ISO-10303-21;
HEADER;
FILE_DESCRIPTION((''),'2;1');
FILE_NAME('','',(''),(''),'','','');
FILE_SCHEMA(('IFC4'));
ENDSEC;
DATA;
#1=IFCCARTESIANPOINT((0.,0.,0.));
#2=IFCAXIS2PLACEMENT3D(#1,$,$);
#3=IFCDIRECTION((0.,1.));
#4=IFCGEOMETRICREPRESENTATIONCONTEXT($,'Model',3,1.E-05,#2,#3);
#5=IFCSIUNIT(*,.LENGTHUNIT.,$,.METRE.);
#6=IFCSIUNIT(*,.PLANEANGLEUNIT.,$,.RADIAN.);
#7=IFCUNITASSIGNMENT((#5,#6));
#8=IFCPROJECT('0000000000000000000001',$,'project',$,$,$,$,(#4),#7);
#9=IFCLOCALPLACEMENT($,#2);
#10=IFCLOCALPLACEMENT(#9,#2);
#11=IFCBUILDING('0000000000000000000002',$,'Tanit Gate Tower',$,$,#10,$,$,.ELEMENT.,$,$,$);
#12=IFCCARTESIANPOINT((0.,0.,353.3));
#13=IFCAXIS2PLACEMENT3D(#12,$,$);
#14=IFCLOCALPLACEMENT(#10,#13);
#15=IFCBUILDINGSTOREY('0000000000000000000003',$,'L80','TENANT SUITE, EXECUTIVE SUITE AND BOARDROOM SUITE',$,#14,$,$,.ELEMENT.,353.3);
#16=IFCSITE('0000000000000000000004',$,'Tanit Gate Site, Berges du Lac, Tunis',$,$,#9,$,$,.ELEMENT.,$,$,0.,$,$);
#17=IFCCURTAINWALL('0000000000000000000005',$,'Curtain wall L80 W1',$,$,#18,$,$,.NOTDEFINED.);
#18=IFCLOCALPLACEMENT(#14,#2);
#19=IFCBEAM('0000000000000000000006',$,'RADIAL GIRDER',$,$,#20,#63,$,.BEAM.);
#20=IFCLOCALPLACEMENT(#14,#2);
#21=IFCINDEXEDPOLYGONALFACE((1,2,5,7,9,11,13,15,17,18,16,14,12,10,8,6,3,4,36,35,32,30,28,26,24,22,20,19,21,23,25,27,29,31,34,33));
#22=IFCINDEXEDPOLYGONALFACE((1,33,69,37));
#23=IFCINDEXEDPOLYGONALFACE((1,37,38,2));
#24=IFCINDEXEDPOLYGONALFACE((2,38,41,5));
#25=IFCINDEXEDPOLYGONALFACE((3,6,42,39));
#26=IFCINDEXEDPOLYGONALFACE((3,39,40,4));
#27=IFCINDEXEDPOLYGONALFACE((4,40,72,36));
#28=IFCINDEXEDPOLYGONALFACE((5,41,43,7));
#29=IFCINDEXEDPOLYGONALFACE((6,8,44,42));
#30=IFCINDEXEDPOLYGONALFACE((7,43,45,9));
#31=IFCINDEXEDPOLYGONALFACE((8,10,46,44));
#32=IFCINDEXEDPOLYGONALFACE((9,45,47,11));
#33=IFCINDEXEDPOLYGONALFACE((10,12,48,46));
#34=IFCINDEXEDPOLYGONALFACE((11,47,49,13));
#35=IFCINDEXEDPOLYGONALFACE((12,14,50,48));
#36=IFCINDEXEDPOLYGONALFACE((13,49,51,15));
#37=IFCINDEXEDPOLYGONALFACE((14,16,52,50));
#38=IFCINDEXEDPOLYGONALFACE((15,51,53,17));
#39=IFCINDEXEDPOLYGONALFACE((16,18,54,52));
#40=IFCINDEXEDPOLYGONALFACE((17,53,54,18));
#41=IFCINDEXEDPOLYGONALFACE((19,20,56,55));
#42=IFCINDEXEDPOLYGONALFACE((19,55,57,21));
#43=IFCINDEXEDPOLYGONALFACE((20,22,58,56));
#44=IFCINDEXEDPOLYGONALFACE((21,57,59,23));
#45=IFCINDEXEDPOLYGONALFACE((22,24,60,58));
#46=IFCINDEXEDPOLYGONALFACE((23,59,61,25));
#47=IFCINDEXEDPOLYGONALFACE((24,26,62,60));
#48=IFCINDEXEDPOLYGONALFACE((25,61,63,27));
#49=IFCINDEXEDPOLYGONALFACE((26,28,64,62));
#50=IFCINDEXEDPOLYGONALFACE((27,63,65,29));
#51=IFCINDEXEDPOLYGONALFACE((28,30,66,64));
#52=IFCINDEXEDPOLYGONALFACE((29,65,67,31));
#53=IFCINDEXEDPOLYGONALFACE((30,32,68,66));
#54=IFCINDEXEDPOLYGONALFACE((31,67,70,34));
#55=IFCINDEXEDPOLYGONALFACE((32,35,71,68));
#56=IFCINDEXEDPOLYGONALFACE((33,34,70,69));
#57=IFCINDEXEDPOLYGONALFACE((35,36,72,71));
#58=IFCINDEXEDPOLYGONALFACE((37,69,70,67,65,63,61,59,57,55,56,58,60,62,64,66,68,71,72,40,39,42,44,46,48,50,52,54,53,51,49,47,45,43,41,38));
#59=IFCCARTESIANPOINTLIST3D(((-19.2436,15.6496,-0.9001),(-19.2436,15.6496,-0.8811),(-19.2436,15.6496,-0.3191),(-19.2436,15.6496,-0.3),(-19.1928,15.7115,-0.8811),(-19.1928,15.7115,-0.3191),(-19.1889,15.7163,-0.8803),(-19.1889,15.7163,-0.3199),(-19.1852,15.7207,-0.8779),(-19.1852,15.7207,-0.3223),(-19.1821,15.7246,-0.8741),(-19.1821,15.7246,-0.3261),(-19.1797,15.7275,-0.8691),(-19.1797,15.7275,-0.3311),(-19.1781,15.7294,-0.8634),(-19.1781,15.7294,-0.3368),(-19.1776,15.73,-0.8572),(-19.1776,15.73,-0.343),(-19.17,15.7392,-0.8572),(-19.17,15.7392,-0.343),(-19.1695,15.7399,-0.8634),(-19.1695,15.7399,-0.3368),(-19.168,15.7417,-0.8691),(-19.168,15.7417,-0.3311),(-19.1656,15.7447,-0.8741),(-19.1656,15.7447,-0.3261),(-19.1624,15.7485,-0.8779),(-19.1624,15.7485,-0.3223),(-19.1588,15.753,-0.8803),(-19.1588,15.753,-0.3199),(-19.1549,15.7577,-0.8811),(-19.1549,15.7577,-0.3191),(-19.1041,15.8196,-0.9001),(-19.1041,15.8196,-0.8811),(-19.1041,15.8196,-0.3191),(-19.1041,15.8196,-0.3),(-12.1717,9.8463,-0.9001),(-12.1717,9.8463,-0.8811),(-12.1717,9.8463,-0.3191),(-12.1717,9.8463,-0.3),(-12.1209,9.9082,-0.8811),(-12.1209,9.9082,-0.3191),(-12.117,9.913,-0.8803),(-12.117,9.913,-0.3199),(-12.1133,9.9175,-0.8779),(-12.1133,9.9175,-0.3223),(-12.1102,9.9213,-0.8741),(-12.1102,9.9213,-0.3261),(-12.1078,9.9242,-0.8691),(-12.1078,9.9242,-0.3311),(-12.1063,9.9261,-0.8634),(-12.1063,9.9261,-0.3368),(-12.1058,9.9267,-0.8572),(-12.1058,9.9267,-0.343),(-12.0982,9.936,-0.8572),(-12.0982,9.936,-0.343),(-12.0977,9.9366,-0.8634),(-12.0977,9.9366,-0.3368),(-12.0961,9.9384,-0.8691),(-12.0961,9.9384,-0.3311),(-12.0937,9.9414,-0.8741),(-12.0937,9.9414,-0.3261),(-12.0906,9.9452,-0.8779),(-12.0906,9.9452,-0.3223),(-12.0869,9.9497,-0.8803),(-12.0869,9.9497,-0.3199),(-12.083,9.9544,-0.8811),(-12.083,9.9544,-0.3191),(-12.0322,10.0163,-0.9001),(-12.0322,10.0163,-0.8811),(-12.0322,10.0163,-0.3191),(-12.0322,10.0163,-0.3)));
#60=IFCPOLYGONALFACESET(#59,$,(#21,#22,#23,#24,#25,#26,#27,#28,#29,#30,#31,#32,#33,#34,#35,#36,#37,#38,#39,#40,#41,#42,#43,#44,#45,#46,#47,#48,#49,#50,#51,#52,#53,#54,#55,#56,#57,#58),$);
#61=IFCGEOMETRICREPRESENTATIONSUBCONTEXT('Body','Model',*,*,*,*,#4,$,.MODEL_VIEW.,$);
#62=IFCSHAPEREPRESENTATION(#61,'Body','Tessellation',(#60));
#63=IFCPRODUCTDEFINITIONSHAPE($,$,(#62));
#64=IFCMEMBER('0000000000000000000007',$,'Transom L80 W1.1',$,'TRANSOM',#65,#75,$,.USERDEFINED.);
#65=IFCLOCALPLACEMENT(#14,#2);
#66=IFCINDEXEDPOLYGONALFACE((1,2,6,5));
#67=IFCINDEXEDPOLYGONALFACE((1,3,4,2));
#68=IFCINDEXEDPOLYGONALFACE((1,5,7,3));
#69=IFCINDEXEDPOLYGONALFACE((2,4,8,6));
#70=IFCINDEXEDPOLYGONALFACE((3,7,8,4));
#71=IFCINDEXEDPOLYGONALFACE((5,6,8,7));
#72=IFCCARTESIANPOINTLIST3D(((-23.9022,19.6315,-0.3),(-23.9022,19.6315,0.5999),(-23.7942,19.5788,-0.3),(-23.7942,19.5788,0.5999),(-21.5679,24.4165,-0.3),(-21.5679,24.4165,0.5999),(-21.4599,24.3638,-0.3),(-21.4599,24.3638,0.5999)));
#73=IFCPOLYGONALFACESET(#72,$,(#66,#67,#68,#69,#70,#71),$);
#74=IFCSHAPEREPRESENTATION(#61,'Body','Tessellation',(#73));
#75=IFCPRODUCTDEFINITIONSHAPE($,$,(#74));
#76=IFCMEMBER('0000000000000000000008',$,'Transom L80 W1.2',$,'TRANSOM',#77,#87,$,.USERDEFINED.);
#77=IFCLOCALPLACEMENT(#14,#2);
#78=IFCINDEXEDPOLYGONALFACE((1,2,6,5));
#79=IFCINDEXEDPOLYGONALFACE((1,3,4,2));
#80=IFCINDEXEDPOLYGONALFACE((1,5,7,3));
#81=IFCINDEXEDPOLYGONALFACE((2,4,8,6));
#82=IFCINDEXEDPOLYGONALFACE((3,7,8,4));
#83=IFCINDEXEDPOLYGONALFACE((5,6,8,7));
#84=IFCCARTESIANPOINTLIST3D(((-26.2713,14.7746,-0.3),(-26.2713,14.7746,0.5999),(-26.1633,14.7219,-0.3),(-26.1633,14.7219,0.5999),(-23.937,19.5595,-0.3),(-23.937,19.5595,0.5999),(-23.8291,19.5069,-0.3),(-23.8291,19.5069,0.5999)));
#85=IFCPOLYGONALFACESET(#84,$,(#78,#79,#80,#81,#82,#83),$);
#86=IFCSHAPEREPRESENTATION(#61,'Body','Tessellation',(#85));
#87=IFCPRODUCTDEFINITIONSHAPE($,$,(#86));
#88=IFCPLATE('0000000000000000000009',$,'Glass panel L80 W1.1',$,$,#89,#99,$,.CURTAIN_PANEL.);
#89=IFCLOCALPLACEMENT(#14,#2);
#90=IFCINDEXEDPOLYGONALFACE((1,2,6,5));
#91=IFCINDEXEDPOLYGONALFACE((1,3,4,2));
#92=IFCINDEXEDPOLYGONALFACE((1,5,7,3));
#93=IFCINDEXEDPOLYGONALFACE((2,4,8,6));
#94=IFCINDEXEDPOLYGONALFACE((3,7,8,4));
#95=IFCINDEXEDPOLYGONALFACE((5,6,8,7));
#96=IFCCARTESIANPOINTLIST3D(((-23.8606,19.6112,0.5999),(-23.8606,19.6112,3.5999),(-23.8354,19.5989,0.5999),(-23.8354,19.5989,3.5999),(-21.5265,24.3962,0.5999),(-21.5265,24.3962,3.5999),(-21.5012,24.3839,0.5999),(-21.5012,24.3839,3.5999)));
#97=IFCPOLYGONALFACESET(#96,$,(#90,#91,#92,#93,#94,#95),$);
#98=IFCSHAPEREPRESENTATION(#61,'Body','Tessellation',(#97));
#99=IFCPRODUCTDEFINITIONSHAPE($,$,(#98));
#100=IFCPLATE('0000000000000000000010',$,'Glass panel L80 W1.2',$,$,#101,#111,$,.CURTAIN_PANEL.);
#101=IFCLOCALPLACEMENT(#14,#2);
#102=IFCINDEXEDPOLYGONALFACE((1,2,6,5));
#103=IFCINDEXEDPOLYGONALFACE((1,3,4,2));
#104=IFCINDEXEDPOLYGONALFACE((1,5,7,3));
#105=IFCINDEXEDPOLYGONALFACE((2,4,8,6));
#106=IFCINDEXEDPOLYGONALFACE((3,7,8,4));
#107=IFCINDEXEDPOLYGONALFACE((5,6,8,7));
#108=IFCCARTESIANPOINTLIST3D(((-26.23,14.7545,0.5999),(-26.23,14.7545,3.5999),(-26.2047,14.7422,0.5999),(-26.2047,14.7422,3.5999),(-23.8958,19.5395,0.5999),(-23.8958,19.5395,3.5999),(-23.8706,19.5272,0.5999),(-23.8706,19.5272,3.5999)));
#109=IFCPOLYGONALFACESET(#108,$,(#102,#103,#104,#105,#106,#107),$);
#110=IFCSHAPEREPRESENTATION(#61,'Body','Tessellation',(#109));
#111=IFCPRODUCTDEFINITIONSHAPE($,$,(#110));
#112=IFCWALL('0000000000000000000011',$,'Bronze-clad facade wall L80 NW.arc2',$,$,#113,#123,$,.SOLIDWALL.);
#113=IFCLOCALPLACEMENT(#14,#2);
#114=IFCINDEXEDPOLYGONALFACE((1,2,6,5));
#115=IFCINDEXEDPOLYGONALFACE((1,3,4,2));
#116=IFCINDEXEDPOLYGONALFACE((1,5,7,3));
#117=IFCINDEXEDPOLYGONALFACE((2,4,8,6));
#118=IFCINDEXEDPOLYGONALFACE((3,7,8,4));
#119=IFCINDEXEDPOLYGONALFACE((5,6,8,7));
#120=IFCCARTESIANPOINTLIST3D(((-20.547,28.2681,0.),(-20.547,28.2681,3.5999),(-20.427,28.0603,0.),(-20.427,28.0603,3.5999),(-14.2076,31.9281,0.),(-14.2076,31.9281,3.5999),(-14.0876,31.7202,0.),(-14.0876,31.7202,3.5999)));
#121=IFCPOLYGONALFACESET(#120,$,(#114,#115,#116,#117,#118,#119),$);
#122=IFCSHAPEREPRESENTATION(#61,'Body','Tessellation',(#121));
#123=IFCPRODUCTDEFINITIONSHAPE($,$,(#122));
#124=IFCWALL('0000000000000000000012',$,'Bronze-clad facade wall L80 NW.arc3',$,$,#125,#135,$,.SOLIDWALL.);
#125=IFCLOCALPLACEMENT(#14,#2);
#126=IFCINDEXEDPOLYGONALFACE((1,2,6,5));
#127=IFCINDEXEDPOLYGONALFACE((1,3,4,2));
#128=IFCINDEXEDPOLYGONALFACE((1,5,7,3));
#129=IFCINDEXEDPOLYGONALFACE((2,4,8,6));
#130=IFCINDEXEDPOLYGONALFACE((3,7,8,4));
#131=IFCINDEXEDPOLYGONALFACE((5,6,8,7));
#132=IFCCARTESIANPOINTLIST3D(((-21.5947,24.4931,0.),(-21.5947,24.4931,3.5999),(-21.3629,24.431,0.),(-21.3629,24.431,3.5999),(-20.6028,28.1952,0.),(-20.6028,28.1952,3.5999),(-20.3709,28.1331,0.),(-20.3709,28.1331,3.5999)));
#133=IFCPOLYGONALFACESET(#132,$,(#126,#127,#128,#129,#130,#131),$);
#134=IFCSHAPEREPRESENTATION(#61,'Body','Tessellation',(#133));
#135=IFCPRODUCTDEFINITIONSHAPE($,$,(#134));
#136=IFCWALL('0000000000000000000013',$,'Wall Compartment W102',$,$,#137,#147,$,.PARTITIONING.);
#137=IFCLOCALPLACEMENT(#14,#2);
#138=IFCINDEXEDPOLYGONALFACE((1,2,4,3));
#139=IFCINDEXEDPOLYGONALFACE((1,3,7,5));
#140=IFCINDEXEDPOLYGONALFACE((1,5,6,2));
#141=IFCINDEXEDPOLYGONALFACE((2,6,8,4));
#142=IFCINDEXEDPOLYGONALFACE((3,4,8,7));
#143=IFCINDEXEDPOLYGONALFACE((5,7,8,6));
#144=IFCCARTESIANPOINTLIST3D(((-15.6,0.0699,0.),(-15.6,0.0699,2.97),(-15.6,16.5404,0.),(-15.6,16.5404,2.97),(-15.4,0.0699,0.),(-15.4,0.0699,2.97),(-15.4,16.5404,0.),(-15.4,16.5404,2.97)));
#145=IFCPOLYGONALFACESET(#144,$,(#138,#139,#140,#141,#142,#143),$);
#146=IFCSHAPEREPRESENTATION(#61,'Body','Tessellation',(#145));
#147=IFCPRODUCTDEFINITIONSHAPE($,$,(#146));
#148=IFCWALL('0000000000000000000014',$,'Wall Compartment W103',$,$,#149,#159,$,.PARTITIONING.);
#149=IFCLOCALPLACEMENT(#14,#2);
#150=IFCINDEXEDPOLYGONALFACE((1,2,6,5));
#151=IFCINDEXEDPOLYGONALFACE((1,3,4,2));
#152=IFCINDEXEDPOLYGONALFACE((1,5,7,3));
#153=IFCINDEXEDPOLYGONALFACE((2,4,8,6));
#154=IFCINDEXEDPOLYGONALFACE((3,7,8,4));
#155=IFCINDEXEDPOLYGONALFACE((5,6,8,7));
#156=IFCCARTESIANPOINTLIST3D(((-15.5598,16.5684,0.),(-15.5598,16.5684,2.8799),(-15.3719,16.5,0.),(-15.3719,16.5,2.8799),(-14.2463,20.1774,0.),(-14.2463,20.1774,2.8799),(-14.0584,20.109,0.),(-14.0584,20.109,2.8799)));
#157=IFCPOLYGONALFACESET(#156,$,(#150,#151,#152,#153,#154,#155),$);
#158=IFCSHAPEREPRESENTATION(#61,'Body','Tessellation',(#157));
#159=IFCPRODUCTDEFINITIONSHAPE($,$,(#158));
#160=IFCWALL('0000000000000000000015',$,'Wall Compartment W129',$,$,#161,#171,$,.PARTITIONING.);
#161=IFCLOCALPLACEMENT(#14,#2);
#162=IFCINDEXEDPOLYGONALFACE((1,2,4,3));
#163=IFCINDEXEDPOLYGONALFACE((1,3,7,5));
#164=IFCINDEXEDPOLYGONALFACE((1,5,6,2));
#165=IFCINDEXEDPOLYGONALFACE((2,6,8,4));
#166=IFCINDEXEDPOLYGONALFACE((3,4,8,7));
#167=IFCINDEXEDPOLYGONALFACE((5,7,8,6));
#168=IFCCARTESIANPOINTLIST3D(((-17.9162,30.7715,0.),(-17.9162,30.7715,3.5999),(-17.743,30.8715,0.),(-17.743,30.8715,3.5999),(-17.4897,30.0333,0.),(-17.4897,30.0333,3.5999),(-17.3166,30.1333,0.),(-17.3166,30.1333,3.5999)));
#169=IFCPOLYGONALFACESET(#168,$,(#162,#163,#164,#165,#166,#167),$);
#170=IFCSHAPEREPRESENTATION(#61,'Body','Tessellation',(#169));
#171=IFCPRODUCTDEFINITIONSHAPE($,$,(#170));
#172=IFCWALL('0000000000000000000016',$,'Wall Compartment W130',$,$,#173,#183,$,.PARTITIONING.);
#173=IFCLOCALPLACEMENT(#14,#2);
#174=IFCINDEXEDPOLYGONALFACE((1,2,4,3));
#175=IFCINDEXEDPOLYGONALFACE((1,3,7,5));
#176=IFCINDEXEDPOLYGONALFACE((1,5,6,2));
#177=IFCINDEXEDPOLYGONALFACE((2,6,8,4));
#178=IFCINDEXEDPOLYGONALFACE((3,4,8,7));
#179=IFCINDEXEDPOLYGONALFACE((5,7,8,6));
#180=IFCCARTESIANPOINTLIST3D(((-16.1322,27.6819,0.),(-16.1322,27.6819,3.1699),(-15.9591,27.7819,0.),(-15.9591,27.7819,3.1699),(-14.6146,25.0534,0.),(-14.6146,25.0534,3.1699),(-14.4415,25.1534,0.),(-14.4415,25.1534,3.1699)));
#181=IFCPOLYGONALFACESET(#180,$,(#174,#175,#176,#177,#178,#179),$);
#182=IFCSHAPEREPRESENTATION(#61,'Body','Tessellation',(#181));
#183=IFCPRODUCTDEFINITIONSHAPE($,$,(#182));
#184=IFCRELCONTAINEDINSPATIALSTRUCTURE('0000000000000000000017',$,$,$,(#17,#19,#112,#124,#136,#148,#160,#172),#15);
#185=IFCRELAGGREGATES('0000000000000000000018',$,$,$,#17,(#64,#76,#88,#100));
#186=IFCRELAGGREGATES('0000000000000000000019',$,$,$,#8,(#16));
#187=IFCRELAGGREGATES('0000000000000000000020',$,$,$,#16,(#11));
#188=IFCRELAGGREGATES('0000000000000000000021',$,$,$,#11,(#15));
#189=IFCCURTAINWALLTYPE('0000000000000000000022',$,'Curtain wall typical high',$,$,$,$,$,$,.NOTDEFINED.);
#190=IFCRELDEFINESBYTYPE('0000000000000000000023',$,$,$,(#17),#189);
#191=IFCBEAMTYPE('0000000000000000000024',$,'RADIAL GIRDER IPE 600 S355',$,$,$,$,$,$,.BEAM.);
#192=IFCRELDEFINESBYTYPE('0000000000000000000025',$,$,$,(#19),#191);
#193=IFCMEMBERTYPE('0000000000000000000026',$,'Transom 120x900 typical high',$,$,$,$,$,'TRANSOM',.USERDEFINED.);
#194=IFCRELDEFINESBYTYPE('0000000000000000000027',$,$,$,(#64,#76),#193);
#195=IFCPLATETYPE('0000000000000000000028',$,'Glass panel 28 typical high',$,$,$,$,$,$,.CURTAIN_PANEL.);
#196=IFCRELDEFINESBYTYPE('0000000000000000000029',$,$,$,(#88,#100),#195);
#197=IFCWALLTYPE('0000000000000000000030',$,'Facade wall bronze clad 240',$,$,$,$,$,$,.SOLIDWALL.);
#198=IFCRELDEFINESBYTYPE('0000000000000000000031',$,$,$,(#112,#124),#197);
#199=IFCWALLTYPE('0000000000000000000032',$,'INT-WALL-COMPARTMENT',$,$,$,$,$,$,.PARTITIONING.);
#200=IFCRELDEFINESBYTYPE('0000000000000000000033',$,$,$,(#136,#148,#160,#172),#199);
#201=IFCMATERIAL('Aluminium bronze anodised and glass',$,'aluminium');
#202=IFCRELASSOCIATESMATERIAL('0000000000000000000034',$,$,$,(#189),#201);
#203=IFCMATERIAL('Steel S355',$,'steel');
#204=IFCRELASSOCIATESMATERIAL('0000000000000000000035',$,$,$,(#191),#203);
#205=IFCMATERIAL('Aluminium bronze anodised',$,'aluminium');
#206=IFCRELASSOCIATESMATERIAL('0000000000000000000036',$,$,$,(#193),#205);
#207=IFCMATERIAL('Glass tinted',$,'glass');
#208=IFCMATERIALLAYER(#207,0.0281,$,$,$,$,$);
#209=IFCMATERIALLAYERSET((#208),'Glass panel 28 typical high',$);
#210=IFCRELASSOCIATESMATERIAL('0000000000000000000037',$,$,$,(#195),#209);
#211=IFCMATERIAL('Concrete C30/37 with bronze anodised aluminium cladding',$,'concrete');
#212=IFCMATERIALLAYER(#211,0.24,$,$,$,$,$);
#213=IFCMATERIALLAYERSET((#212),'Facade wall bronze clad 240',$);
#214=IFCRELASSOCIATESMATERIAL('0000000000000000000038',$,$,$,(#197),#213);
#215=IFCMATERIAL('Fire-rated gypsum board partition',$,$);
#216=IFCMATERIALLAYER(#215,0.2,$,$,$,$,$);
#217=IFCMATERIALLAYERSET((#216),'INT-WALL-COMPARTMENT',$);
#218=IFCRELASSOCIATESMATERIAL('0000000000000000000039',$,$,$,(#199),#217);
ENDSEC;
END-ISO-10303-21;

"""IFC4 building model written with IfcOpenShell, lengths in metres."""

from ifc_helpers import new_model, si_unit, direction, frame, frame_2d, origin, origin_2d, place, context, subcontext, project, spatial, rectangle, i_section, extrude, material, layer, layer_set, material_profile, profile_set, type_object, element, aggregate, save


model = new_model("IFC4")

# Units and contexts
model_context = context("Model", 3, precision=1e-05, world=origin(), true_north=direction((0.0, 1.0)))
body_context = subcontext(model_context, "Body", "Model", "MODEL_VIEW")
ifc_project = project(units=[si_unit("LENGTHUNIT", "METRE"), si_unit("PLANEANGLEUNIT", "RADIAN")], contexts=[model_context])

# Site, building, storey
site_placement = place(None, origin())
site = spatial("IfcSite", under=ifc_project, at=site_placement, Name="Tanit Gate Site, Berges du Lac, Tunis", CompositionType="ELEMENT", RefElevation=0.0)
building_placement = place(site_placement, origin())
building = spatial("IfcBuilding", under=site, at=building_placement, Name="Tanit Gate Tower", CompositionType="ELEMENT")
storey_placement = place(building_placement, frame((0.0, 0.0, 353.3)))
storey = spatial("IfcBuildingStorey", under=building, at=storey_placement, Name="L80", Description="TENANT SUITE, EXECUTIVE SUITE AND BOARDROOM SUITE", CompositionType="ELEMENT", Elevation=353.3)

# Curtain wall
ifc_material_1 = material(Name="Aluminium bronze anodised and glass", Category="aluminium")
curtain_wall_type = type_object("IfcCurtainWallType", Name="Curtain wall typical high", PredefinedType="NOTDEFINED", material=ifc_material_1)
curtain_wall_placement = place(storey_placement, origin())
curtain_wall = element("IfcCurtainWall", 1, at=curtain_wall_placement, inside=storey, type_object=curtain_wall_type, Name="Curtain wall L80 W1", PredefinedType="NOTDEFINED")

# Beam
ifc_material_2 = material(Name="Steel S355", Category="steel")
ifc_material_profile_1 = material_profile(ifc_material_2, i_section(OverallWidth=0.22, OverallDepth=0.6001, WebThickness=0.012, FlangeThickness=0.019, FilletRadius=0.0239, at=origin_2d()), Name="IPE 600")
ifc_profile_set_1 = profile_set([ifc_material_profile_1], Name="Steel S355")
beam_type_1 = type_object("IfcBeamType", Name="RADIAL GIRDER IPE 600 S355", PredefinedType="BEAM", material=ifc_profile_set_1)
beam_1_placement = place(storey_placement, frame((-19.1738, 15.7346, -0.6001), z_axis=(0.773034, -0.634365, 0.0), x_axis=(0.634365, 0.773034, 0.0)))
element("IfcBeam", 2, at=beam_1_placement, inside=storey, type_object=beam_type_1, Name="RADIAL GIRDER", PredefinedType="BEAM", context=body_context, shape_type="SweptSolid", body=[
    extrude(i_section(OverallWidth=0.22, OverallDepth=0.6001, WebThickness=0.012, FlangeThickness=0.019, FilletRadius=0.0239, at=origin_2d()), origin(), (0.0, 0.0, 1.0), 9.1482),
])

# Members
ifc_material_3 = material(Name="Aluminium bronze anodised", Category="aluminium")
ifc_material_profile_2 = material_profile(ifc_material_3, rectangle(XDim=0.1201, YDim=0.8999, at=origin_2d()), Name="120x900 bronze transom")
ifc_profile_set_2 = profile_set([ifc_material_profile_2], Name="Aluminium bronze anodised")
member_type_1 = type_object("IfcMemberType", Name="Transom 120x900 typical high", ElementType="TRANSOM", PredefinedType="USERDEFINED", material=ifc_profile_set_2)
member_1_placement = place(storey_placement, frame((-21.5139, 24.3901, 0.1499), z_axis=(-0.438443, -0.898759, 0.0), x_axis=(0.898759, -0.438443, 0.0)))
member_1 = element("IfcMember", 3, at=member_1_placement, type_object=member_type_1, Name="Transom L80 W1.1", ObjectType="TRANSOM", PredefinedType="USERDEFINED", context=body_context, shape_type="SweptSolid", body=[
    extrude(rectangle(XDim=0.1201, YDim=0.8999, at=origin_2d()), origin(), (0.0, 0.0, 1.0), 5.324),
])
member_2_placement = place(storey_placement, frame((-23.8831, 19.5332, 0.1499), z_axis=(-0.438443, -0.898759, 0.0), x_axis=(0.898759, -0.438443, 0.0)))
member_2 = element("IfcMember", 4, at=member_2_placement, type_object=member_type_1, Name="Transom L80 W1.2", ObjectType="TRANSOM", PredefinedType="USERDEFINED", context=body_context, shape_type="SweptSolid", body=[
    extrude(rectangle(XDim=0.1201, YDim=0.8999, at=origin_2d()), origin(), (0.0, 0.0, 1.0), 5.324),
])

# Plates
ifc_material_4 = material(Name="Glass tinted", Category="glass")
ifc_layer_1 = layer(ifc_material_4, 0.0281)
ifc_layer_set_1 = layer_set([ifc_layer_1], Name="Glass panel 28 typical high")
plate_type = type_object("IfcPlateType", Name="Glass panel 28 typical high", PredefinedType="CURTAIN_PANEL", material=ifc_layer_set_1)
plate_1_placement = place(storey_placement, frame((-22.6809, 21.9976, 0.5999), z_axis=(0.0, 0.0, 1.0), x_axis=(-0.43842, -0.89877, 0.0)))
plate_1 = element("IfcPlate", 5, at=plate_1_placement, type_object=plate_type, Name="Glass panel L80 W1.1", PredefinedType="CURTAIN_PANEL", context=body_context, shape_type="SweptSolid", body=[
    extrude(rectangle(XDim=5.324, YDim=0.0281, at=origin_2d()), origin(), (0.0, 0.0, 1.0), 3.0),
])
plate_2_placement = place(storey_placement, frame((-25.0503, 17.1409, 0.5999), z_axis=(0.0, 0.0, 1.0), x_axis=(-0.43842, -0.89877, 0.0)))
plate_2 = element("IfcPlate", 6, at=plate_2_placement, type_object=plate_type, Name="Glass panel L80 W1.2", PredefinedType="CURTAIN_PANEL", context=body_context, shape_type="SweptSolid", body=[
    extrude(rectangle(XDim=5.324, YDim=0.0281, at=origin_2d()), origin(), (0.0, 0.0, 1.0), 3.0),
])
aggregate(curtain_wall, [member_1, member_2, plate_1, plate_2])

# Walls
ifc_material_5 = material(Name="Concrete C30/37 with bronze anodised aluminium cladding", Category="concrete")
ifc_layer_2 = layer(ifc_material_5, 0.24)
ifc_layer_set_2 = layer_set([ifc_layer_2], Name="Facade wall bronze clad 240")
wall_type_1 = type_object("IfcWallType", Name="Facade wall bronze clad 240", PredefinedType="SOLIDWALL", material=ifc_layer_set_2)
wall_1_placement = place(storey_placement, frame((-14.1475, 31.8242, 0.0), z_axis=(0.0, 0.0, 1.0), x_axis=(-0.866032, -0.499988, 0.0)))
element("IfcWall", 7, at=wall_1_placement, inside=storey, type_object=wall_type_1, Name="Bronze-clad facade wall L80 NW.arc2", PredefinedType="SOLIDWALL", context=body_context, shape_type="SweptSolid", body=[
    extrude(rectangle(XDim=7.3201, YDim=0.24, at=frame_2d((3.6602, 0.0))), origin(), (0.0, 0.0, 1.0), 3.5999),
])
wall_2_placement = place(storey_placement, frame((-20.4868, 28.1643, 0.0), z_axis=(0.0, 0.0, 1.0), x_axis=(-0.258808, -0.965929, 0.0)))
element("IfcWall", 8, at=wall_2_placement, inside=storey, type_object=wall_type_1, Name="Bronze-clad facade wall L80 NW.arc3", PredefinedType="SOLIDWALL", context=body_context, shape_type="SweptSolid", body=[
    extrude(rectangle(XDim=3.8328, YDim=0.24, at=frame_2d((1.9165, 0.0))), origin(), (0.0, 0.0, 1.0), 3.5999),
])
ifc_material_6 = material(Name="Fire-rated gypsum board partition")
ifc_layer_3 = layer(ifc_material_6, 0.2)
ifc_layer_set_3 = layer_set([ifc_layer_3], Name="INT-WALL-COMPARTMENT")
wall_type_2 = type_object("IfcWallType", Name="INT-WALL-COMPARTMENT", PredefinedType="PARTITIONING", material=ifc_layer_set_3)
wall_3_placement = place(storey_placement, frame((-15.5, 16.5405, 0.0), z_axis=(0.0, 0.0, 1.0), x_axis=(0.0, -1.0, 0.0)))
element("IfcWall", 9, at=wall_3_placement, inside=storey, type_object=wall_type_2, Name="Wall Compartment W102", PredefinedType="PARTITIONING", context=body_context, shape_type="SweptSolid", body=[
    extrude(rectangle(XDim=16.4705, YDim=0.2, at=frame_2d((8.2354, 0.0))), origin(), (0.0, 0.0, 1.0), 2.97),
])
wall_4_placement = place(storey_placement, frame((-14.1523, 20.1433, 0.0), z_axis=(0.0, 0.0, 1.0), x_axis=(-0.342008, -0.939697, 0.0)))
element("IfcWall", 10, at=wall_4_placement, inside=storey, type_object=wall_type_2, Name="Wall Compartment W103", PredefinedType="PARTITIONING", context=body_context, shape_type="SweptSolid", body=[
    extrude(rectangle(XDim=3.8406, YDim=0.2, at=frame_2d((1.9204, 0.0))), origin(), (0.0, 0.0, 1.0), 2.8799),
])
wall_5_placement = place(storey_placement, frame((-17.8296, 30.8215, 0.0), z_axis=(0.0, 0.0, 1.0), x_axis=(0.500235, -0.86589, 0.0)))
element("IfcWall", 11, at=wall_5_placement, inside=storey, type_object=wall_type_2, Name="Wall Compartment W129", PredefinedType="PARTITIONING", context=body_context, shape_type="SweptSolid", body=[
    extrude(rectangle(XDim=0.8525, YDim=0.2, at=frame_2d((0.4263, 0.0))), origin(), (0.0, 0.0, 1.0), 3.5999),
])
wall_6_placement = place(storey_placement, frame((-16.0457, 27.7319, 0.0), z_axis=(0.0, 0.0, 1.0), x_axis=(0.500015, -0.866017, 0.0)))
element("IfcWall", 12, at=wall_6_placement, inside=storey, type_object=wall_type_2, Name="Wall Compartment W130", PredefinedType="PARTITIONING", context=body_context, shape_type="SweptSolid", body=[
    extrude(rectangle(XDim=3.0352, YDim=0.2, at=frame_2d((1.5176, 0.0))), origin(), (0.0, 0.0, 1.0), 3.1699),
])

save(model, "model.ifc")
